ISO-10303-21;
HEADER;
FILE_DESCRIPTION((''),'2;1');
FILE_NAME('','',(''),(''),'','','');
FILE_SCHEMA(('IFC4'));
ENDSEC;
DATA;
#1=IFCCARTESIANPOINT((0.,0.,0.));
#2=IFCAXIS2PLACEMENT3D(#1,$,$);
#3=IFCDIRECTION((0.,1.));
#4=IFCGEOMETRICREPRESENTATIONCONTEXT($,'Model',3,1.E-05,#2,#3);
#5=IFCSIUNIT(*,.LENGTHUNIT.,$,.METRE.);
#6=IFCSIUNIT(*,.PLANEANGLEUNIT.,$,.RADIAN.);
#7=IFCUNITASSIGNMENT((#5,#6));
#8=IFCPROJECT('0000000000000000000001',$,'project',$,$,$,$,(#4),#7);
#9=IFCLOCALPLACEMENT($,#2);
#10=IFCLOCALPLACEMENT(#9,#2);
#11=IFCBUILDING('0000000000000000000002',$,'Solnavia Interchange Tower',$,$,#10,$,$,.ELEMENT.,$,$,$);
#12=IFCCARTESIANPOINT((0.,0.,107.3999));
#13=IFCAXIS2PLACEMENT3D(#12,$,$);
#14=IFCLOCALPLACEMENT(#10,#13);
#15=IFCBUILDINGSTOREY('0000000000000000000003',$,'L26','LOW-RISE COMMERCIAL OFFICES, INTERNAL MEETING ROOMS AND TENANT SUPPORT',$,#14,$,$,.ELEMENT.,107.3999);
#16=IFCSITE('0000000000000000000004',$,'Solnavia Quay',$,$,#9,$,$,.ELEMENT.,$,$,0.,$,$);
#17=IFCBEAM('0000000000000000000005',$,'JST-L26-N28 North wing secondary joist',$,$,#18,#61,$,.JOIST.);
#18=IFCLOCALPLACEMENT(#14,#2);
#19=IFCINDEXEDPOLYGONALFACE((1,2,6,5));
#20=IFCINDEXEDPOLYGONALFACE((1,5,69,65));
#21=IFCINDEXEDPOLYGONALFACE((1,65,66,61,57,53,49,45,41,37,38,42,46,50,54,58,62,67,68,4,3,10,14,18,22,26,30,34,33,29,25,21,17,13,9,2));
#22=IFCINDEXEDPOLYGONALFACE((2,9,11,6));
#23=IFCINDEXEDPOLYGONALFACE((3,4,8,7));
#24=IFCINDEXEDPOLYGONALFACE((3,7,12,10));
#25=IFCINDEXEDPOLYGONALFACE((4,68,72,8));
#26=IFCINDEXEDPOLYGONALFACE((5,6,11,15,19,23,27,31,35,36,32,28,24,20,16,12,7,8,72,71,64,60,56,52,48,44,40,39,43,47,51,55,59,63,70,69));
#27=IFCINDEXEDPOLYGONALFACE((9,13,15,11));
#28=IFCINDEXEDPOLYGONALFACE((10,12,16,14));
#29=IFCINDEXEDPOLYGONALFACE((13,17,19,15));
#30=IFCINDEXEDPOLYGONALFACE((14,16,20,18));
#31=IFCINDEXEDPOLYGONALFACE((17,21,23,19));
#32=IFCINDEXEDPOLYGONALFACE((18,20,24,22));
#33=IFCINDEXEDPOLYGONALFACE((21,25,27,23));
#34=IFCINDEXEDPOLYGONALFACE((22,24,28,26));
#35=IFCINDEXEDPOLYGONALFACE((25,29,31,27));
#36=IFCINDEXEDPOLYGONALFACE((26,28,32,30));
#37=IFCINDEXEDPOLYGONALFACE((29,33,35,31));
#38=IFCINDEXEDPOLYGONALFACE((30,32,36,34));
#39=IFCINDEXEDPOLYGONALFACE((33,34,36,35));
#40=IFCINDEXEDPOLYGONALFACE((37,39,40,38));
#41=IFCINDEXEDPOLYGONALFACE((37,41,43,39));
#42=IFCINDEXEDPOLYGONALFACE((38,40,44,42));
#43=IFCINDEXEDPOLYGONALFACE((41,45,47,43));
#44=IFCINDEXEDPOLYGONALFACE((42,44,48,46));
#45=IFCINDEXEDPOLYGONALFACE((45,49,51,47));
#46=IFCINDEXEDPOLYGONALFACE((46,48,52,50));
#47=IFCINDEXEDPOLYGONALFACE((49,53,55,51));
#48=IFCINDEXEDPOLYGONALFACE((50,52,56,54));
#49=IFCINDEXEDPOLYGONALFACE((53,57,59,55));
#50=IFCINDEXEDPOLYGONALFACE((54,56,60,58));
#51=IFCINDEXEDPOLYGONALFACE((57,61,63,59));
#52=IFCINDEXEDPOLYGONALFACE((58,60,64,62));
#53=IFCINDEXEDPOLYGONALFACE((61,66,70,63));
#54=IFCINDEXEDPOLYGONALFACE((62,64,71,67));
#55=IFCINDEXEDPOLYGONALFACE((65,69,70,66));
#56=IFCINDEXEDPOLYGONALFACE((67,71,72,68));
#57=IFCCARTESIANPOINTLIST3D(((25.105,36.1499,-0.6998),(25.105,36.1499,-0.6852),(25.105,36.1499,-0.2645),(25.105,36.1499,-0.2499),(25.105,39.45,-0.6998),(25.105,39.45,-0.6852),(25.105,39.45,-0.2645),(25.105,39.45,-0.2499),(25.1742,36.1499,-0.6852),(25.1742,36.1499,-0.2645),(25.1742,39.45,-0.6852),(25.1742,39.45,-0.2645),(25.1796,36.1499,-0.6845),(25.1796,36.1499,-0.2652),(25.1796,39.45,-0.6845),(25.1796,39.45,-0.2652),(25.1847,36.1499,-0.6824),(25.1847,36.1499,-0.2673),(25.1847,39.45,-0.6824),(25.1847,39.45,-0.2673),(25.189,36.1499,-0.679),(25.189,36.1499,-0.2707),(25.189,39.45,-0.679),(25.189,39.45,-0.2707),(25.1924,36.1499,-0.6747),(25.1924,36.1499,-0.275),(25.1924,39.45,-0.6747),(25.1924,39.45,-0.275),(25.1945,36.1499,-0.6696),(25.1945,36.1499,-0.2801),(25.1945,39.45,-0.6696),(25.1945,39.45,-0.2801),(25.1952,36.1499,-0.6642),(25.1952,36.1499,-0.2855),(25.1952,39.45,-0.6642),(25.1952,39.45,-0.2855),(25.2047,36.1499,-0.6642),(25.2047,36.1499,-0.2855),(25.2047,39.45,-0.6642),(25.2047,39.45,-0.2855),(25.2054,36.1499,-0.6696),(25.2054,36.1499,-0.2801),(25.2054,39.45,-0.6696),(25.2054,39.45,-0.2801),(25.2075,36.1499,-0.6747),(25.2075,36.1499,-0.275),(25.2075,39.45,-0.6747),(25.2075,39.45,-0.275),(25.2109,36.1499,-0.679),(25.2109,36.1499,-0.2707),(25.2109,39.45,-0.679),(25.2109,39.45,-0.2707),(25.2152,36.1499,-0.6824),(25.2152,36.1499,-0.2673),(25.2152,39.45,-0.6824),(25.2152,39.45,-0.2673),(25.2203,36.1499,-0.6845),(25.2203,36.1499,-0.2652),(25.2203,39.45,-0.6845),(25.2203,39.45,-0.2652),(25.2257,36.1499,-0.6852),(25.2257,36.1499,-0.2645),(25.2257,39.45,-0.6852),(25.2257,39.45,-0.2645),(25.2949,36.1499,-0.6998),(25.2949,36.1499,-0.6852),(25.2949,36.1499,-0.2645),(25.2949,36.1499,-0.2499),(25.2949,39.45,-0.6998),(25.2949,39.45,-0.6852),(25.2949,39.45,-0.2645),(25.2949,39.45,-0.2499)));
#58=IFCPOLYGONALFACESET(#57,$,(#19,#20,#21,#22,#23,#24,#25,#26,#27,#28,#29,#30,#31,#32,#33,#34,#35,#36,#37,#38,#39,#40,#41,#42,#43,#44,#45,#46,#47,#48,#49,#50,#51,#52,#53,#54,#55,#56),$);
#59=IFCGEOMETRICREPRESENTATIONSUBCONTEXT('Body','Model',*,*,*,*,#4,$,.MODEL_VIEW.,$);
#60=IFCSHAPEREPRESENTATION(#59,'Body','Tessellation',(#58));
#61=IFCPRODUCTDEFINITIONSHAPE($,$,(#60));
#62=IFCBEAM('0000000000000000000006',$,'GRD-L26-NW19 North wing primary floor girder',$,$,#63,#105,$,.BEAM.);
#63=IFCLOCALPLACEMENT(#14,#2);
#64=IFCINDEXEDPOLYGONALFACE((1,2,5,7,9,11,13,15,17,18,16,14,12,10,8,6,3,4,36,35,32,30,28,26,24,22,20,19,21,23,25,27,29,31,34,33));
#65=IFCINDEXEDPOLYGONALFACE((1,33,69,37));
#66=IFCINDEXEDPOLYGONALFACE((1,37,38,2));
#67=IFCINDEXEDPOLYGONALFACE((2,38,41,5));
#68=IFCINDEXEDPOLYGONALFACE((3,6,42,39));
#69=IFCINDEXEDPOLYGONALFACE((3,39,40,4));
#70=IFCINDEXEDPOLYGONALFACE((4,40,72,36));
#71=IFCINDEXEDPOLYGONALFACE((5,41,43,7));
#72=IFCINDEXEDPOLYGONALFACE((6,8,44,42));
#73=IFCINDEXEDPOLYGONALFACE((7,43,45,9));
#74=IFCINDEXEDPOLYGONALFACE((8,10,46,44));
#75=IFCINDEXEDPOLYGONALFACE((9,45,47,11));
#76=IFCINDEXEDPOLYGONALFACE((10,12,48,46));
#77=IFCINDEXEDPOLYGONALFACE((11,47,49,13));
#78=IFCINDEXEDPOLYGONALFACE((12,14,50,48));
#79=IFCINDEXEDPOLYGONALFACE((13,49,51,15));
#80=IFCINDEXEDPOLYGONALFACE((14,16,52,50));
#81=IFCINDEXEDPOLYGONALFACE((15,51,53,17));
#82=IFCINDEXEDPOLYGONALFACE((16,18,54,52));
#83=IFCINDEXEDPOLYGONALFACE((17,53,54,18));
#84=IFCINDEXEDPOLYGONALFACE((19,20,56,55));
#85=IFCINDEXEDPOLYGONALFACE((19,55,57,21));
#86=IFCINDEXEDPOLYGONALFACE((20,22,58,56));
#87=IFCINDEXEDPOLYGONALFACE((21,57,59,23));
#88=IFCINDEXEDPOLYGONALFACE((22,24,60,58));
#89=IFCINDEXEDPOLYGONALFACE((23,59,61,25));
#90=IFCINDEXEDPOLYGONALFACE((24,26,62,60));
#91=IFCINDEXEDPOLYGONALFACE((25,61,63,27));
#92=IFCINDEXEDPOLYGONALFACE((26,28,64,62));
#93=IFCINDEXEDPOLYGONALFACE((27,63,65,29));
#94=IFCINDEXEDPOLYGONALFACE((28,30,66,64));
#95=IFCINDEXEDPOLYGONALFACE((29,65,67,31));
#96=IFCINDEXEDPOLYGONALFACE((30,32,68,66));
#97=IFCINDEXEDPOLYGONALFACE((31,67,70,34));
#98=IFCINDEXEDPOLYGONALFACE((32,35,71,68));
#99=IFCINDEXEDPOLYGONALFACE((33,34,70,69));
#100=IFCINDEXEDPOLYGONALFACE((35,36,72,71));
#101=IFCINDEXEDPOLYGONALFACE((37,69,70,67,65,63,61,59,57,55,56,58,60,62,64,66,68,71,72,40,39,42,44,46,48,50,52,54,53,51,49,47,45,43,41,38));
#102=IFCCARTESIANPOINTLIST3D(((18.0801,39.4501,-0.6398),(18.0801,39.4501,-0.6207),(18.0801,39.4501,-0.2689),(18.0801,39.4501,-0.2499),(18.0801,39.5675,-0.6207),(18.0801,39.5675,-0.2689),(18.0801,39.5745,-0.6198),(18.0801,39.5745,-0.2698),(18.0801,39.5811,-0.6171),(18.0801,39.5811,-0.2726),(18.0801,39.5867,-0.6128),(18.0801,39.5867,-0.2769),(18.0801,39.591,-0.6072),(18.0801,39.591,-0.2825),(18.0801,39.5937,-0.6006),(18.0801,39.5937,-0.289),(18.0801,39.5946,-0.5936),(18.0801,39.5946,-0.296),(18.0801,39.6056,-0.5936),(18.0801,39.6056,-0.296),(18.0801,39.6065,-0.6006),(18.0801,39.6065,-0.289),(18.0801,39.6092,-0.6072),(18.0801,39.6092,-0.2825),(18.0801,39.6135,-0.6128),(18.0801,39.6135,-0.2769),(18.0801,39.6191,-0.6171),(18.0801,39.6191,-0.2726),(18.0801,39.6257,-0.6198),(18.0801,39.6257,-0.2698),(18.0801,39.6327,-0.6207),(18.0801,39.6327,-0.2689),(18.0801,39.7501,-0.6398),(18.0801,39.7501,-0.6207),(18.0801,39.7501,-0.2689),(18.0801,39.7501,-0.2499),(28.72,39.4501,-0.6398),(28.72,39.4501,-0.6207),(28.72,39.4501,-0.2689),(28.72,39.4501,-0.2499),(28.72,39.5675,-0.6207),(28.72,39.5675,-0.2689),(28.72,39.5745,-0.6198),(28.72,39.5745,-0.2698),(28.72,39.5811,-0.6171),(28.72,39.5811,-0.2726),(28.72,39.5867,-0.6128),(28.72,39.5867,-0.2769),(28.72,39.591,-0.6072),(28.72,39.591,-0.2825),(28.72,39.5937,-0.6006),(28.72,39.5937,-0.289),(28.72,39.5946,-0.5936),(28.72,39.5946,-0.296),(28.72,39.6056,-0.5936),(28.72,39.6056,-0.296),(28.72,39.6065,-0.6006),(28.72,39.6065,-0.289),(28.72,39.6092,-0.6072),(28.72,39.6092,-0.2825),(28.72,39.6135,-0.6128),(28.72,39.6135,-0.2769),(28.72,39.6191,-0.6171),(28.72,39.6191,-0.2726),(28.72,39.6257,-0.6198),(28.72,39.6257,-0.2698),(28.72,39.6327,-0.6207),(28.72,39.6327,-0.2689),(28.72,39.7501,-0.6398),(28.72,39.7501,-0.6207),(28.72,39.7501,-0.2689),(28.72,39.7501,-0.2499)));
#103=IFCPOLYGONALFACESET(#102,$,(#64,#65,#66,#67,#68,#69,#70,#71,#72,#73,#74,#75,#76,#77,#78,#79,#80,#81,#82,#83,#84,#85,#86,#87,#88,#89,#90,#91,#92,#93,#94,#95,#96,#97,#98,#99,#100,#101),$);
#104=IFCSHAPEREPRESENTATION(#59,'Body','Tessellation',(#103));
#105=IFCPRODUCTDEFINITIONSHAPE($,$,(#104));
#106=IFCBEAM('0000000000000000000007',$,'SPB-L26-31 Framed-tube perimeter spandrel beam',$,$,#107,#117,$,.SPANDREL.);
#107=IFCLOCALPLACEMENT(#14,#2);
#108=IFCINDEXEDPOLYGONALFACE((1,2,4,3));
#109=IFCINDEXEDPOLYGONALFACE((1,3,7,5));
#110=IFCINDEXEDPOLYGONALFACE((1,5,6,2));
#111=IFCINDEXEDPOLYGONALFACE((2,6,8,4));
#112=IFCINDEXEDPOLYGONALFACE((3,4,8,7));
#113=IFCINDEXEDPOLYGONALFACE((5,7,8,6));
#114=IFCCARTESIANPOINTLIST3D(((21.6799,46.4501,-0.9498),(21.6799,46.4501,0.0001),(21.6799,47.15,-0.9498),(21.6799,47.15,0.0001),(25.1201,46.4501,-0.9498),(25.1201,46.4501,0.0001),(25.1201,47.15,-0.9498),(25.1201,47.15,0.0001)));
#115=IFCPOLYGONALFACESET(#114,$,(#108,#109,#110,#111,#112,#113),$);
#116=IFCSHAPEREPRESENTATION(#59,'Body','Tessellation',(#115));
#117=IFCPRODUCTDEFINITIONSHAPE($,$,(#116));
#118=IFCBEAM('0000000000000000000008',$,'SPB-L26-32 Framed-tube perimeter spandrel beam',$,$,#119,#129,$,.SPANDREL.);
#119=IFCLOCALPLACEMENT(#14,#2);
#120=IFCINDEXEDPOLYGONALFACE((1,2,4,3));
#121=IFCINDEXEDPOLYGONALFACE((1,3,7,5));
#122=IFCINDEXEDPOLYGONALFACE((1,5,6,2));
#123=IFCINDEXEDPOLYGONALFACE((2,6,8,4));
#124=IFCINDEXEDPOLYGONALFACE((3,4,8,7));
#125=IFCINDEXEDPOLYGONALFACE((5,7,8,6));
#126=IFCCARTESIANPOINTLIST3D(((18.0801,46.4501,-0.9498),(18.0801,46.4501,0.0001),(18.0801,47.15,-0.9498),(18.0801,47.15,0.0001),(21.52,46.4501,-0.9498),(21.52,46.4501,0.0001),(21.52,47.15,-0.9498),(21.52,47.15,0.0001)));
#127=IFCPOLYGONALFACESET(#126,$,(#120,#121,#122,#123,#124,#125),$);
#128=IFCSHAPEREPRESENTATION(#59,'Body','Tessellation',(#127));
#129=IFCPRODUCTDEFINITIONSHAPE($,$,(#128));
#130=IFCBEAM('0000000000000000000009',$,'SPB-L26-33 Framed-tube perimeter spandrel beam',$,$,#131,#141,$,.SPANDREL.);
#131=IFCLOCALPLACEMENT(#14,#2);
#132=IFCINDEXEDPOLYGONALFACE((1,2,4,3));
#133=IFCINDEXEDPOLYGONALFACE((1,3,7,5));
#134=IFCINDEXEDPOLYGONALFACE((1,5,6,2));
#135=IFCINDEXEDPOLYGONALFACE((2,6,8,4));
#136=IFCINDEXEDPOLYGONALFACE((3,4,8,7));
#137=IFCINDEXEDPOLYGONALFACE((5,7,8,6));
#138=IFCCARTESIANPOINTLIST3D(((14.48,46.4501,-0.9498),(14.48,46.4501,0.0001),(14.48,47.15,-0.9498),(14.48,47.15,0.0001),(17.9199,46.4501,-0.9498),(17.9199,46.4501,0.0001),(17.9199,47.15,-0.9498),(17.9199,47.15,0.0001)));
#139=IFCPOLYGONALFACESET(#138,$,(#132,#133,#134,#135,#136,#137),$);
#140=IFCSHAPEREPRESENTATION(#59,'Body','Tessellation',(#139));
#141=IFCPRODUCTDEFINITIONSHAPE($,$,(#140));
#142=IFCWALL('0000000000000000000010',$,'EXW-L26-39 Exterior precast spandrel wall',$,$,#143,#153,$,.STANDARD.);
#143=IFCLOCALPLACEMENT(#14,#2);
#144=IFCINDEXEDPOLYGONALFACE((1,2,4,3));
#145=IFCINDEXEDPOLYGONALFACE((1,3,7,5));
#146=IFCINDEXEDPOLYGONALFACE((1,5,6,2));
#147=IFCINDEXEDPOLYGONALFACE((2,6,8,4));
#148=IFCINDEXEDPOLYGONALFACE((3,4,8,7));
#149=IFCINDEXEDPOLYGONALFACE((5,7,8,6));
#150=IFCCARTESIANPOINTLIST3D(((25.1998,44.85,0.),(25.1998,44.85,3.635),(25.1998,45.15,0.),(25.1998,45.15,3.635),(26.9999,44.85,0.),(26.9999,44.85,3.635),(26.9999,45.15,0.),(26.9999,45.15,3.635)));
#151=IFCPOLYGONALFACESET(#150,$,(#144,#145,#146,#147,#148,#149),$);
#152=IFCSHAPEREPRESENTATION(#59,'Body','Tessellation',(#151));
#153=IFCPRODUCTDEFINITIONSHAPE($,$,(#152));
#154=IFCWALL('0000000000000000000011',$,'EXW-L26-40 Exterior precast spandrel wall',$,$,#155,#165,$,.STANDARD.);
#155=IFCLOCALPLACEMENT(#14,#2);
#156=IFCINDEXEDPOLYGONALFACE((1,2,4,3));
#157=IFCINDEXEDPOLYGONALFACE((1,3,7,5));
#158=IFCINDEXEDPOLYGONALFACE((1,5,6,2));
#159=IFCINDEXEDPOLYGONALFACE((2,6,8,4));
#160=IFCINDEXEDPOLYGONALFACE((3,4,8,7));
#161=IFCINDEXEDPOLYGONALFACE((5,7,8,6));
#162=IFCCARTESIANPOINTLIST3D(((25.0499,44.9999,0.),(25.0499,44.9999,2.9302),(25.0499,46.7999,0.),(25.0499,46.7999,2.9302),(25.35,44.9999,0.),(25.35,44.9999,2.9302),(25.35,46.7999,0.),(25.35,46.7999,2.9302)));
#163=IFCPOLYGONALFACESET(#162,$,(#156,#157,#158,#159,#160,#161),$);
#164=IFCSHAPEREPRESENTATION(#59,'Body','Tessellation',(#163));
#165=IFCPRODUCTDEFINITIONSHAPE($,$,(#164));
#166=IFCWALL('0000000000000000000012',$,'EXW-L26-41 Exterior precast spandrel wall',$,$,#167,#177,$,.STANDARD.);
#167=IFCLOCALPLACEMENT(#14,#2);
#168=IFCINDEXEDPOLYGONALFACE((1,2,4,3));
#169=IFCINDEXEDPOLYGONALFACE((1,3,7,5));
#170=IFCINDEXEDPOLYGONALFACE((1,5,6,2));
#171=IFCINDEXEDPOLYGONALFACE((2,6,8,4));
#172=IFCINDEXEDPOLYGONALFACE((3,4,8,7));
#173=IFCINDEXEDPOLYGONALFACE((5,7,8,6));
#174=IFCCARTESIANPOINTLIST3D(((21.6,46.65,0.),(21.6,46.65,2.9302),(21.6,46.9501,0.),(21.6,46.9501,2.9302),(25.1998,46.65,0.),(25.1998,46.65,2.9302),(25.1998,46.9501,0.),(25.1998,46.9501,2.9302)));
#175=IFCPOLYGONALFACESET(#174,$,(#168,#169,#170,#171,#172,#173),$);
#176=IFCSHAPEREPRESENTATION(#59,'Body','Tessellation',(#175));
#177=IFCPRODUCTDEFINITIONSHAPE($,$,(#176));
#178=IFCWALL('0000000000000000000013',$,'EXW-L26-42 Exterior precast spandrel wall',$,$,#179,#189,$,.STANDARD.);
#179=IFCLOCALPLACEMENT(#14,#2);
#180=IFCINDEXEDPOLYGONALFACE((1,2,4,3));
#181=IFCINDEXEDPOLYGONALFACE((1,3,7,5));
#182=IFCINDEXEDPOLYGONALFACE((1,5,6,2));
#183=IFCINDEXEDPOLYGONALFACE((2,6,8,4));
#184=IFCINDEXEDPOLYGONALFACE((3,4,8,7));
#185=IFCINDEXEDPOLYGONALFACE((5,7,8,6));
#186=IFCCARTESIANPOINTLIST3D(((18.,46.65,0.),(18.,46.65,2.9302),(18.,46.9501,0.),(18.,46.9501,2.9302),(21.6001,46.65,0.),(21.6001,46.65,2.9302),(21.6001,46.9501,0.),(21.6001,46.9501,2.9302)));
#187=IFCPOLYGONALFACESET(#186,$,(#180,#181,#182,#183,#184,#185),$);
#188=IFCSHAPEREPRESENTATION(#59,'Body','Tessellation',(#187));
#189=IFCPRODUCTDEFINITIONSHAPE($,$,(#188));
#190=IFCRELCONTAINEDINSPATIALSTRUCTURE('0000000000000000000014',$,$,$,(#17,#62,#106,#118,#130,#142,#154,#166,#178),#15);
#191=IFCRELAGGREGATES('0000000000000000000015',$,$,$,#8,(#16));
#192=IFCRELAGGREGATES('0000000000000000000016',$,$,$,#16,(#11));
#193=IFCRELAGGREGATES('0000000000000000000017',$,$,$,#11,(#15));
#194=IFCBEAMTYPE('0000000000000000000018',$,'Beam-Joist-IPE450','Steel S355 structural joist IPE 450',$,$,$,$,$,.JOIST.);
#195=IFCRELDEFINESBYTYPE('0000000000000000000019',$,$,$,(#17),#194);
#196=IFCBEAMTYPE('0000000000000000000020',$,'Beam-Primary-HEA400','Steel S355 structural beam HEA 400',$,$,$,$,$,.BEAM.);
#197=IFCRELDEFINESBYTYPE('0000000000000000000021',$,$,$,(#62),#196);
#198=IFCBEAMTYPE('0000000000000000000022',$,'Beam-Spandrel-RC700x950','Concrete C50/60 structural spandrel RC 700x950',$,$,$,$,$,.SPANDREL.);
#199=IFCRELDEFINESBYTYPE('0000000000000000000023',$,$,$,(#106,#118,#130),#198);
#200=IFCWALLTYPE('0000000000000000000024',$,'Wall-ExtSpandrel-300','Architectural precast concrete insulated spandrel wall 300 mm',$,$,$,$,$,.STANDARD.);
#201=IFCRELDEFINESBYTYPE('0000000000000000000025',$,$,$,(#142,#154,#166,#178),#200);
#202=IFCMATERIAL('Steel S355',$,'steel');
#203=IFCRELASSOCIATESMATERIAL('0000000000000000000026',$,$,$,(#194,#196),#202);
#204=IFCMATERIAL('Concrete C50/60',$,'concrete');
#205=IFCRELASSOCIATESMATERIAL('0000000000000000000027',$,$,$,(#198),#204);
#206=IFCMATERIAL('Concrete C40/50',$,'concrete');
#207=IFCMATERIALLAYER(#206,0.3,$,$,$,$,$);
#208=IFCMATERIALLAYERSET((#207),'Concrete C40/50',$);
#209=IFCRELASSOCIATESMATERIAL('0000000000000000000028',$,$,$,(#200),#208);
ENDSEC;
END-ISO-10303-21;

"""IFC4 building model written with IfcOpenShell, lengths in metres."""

from ifc_helpers import new_model, si_unit, direction, frame, frame_2d, origin, origin_2d, place, context, subcontext, project, spatial, rectangle, i_section, extrude, material, layer, layer_set, material_profile, profile_set, type_object, element, save


model = new_model("IFC4")

# Units and contexts
model_context = context("Model", 3, precision=1e-05, world=origin(), true_north=direction((0.0, 1.0)))
body_context = subcontext(model_context, "Body", "Model", "MODEL_VIEW")
ifc_project = project(units=[si_unit("LENGTHUNIT", "METRE"), si_unit("PLANEANGLEUNIT", "RADIAN")], contexts=[model_context])

# Site, building, storey
site_placement = place(None, origin())
site = spatial("IfcSite", under=ifc_project, at=site_placement, Name="Solnavia Quay", CompositionType="ELEMENT", RefElevation=0.0)
building_placement = place(site_placement, origin())
building = spatial("IfcBuilding", under=site, at=building_placement, Name="Solnavia Interchange Tower", CompositionType="ELEMENT")
storey_placement = place(building_placement, frame((0.0, 0.0, 107.3999)))
storey = spatial("IfcBuildingStorey", under=building, at=storey_placement, Name="L26", Description="LOW-RISE COMMERCIAL OFFICES, INTERNAL MEETING ROOMS AND TENANT SUPPORT", CompositionType="ELEMENT", Elevation=107.3999)

# Shared definitions
ifc_material_1 = material(Name="Concrete C50/60", Category="concrete")
ifc_material_2 = material(Name="Steel S355", Category="steel")

# Beams
ifc_material_profile_1 = material_profile(ifc_material_2, i_section(OverallWidth=0.1899, OverallDepth=0.45, WebThickness=0.0095, FlangeThickness=0.0146, FilletRadius=0.021, at=origin_2d()), Name="IPE 450")
ifc_profile_set_1 = profile_set([ifc_material_profile_1], Name="Steel S355")
beam_type_1 = type_object("IfcBeamType", Name="Beam-Joist-IPE450", Description="Steel S355 structural joist IPE 450", PredefinedType="JOIST", material=ifc_profile_set_1)
for number, where, z_axis, x_axis, name in (
    (1, (25.2, 36.1499, -0.4749), (0.0, 1.0, 0.0), (-1.0, 0.0, 0.0), "JST-L26-N28 North wing secondary joist"),
):
    element("IfcBeam", number, at=place(storey_placement, frame(where, z_axis=z_axis, x_axis=x_axis)), inside=storey, type_object=beam_type_1, Name=name, PredefinedType="JOIST", context=body_context, shape_type="SweptSolid", body=[
        extrude(i_section(OverallWidth=0.1899, OverallDepth=0.45, WebThickness=0.0095, FlangeThickness=0.0146, FilletRadius=0.021, at=origin_2d()), origin(), (0.0, 0.0, 1.0), 3.3),
    ])
ifc_material_profile_2 = material_profile(ifc_material_2, i_section(OverallWidth=0.3, OverallDepth=0.3899, WebThickness=0.011, FlangeThickness=0.019, FilletRadius=0.0271, at=origin_2d()), Name="HEA 400")
ifc_profile_set_2 = profile_set([ifc_material_profile_2], Name="Steel S355")
beam_type_2 = type_object("IfcBeamType", Name="Beam-Primary-HEA400", Description="Steel S355 structural beam HEA 400", PredefinedType="BEAM", material=ifc_profile_set_2)
beam_1_placement = place(storey_placement, frame((18.0801, 39.6001, -0.4448), z_axis=(1.0, 0.0, 0.0), x_axis=(0.0, 1.0, 0.0)))
element("IfcBeam", 2, at=beam_1_placement, inside=storey, type_object=beam_type_2, Name="GRD-L26-NW19 North wing primary floor girder", PredefinedType="BEAM", context=body_context, shape_type="SweptSolid", body=[
    extrude(i_section(OverallWidth=0.3, OverallDepth=0.3899, WebThickness=0.011, FlangeThickness=0.019, FilletRadius=0.0271, at=origin_2d()), origin(), (0.0, 0.0, 1.0), 10.6399),
])
ifc_material_profile_3 = material_profile(ifc_material_1, rectangle(XDim=0.7, YDim=0.95, at=origin_2d()), Name="RC 700x950")
ifc_profile_set_3 = profile_set([ifc_material_profile_3], Name="Concrete C50/60")
beam_type_3 = type_object("IfcBeamType", Name="Beam-Spandrel-RC700x950", Description="Concrete C50/60 structural spandrel RC 700x950", PredefinedType="SPANDREL", material=ifc_profile_set_3)
beam_2_placement = place(storey_placement, frame((25.1201, 46.8, -0.4749), z_axis=(-1.0, 0.0, 0.0), x_axis=(0.0, -1.0, 0.0)))
element("IfcBeam", 3, at=beam_2_placement, inside=storey, type_object=beam_type_3, Name="SPB-L26-31 Framed-tube perimeter spandrel beam", PredefinedType="SPANDREL", context=body_context, shape_type="SweptSolid", body=[
    extrude(rectangle(XDim=0.7, YDim=0.95, at=origin_2d()), origin(), (0.0, 0.0, 1.0), 3.4402),
])
for number, where, z_axis, x_axis, name in (
    (4, (21.52, 46.8, -0.4749), (-1.0, 0.0, 0.0), (0.0, -1.0, 0.0), "SPB-L26-32 Framed-tube perimeter spandrel beam"),
    (5, (17.9199, 46.8, -0.4749), (-1.0, 0.0, 0.0), (0.0, -1.0, 0.0), "SPB-L26-33 Framed-tube perimeter spandrel beam"),
):
    element("IfcBeam", number, at=place(storey_placement, frame(where, z_axis=z_axis, x_axis=x_axis)), inside=storey, type_object=beam_type_3, Name=name, PredefinedType="SPANDREL", context=body_context, shape_type="SweptSolid", body=[
        extrude(rectangle(XDim=0.7, YDim=0.95, at=origin_2d()), origin(), (0.0, 0.0, 1.0), 3.4399),
    ])

# Walls
ifc_material_3 = material(Name="Concrete C40/50", Category="concrete")
ifc_layer_1 = layer(ifc_material_3, 0.3)
ifc_layer_set_1 = layer_set([ifc_layer_1], Name="Concrete C40/50")
wall_type_1 = type_object("IfcWallType", Name="Wall-ExtSpandrel-300", Description="Architectural precast concrete insulated spandrel wall 300 mm", PredefinedType="STANDARD", material=ifc_layer_set_1)
wall_1_placement = place(storey_placement, frame((25.2, 45.0, 0.0), z_axis=(0.0, 0.0, 1.0), x_axis=(1.0, 0.0, 0.0)))
element("IfcWall", 6, at=wall_1_placement, inside=storey, type_object=wall_type_1, Name="EXW-L26-39 Exterior precast spandrel wall", PredefinedType="STANDARD", context=body_context, shape_type="SweptSolid", body=[
    extrude(rectangle(XDim=1.8, YDim=0.3, at=frame_2d((0.8999, 0.0))), origin(), (0.0, 0.0, 1.0), 3.635),
])
wall_2_placement = place(storey_placement, frame((25.2, 45.0, 0.0), z_axis=(0.0, 0.0, 1.0), x_axis=(0.0, 1.0, 0.0)))
element("IfcWall", 7, at=wall_2_placement, inside=storey, type_object=wall_type_1, Name="EXW-L26-40 Exterior precast spandrel wall", PredefinedType="STANDARD", context=body_context, shape_type="SweptSolid", body=[
    extrude(rectangle(XDim=1.8, YDim=0.3, at=frame_2d((0.8999, 0.0))), origin(), (0.0, 0.0, 1.0), 2.9302),
])
wall_3_placement = place(storey_placement, frame((21.6001, 46.8, 0.0), z_axis=(0.0, 0.0, 1.0), x_axis=(1.0, 0.0, 0.0)))
element("IfcWall", 8, at=wall_3_placement, inside=storey, type_object=wall_type_1, Name="EXW-L26-41 Exterior precast spandrel wall", PredefinedType="STANDARD", context=body_context, shape_type="SweptSolid", body=[
    extrude(rectangle(XDim=3.5999, YDim=0.3, at=frame_2d((1.7998, 0.0))), origin(), (0.0, 0.0, 1.0), 2.9302),
])
for number, where, z_axis, x_axis, name in (
    (9, (18.0, 46.8, 0.0), (0.0, 0.0, 1.0), (1.0, 0.0, 0.0), "EXW-L26-42 Exterior precast spandrel wall"),
):
    element("IfcWall", number, at=place(storey_placement, frame(where, z_axis=z_axis, x_axis=x_axis)), inside=storey, type_object=wall_type_1, Name=name, PredefinedType="STANDARD", context=body_context, shape_type="SweptSolid", body=[
        extrude(rectangle(XDim=3.6001, YDim=0.3, at=frame_2d((1.8, 0.0))), origin(), (0.0, 0.0, 1.0), 2.9302),
    ])

save(model, "model.ifc")
